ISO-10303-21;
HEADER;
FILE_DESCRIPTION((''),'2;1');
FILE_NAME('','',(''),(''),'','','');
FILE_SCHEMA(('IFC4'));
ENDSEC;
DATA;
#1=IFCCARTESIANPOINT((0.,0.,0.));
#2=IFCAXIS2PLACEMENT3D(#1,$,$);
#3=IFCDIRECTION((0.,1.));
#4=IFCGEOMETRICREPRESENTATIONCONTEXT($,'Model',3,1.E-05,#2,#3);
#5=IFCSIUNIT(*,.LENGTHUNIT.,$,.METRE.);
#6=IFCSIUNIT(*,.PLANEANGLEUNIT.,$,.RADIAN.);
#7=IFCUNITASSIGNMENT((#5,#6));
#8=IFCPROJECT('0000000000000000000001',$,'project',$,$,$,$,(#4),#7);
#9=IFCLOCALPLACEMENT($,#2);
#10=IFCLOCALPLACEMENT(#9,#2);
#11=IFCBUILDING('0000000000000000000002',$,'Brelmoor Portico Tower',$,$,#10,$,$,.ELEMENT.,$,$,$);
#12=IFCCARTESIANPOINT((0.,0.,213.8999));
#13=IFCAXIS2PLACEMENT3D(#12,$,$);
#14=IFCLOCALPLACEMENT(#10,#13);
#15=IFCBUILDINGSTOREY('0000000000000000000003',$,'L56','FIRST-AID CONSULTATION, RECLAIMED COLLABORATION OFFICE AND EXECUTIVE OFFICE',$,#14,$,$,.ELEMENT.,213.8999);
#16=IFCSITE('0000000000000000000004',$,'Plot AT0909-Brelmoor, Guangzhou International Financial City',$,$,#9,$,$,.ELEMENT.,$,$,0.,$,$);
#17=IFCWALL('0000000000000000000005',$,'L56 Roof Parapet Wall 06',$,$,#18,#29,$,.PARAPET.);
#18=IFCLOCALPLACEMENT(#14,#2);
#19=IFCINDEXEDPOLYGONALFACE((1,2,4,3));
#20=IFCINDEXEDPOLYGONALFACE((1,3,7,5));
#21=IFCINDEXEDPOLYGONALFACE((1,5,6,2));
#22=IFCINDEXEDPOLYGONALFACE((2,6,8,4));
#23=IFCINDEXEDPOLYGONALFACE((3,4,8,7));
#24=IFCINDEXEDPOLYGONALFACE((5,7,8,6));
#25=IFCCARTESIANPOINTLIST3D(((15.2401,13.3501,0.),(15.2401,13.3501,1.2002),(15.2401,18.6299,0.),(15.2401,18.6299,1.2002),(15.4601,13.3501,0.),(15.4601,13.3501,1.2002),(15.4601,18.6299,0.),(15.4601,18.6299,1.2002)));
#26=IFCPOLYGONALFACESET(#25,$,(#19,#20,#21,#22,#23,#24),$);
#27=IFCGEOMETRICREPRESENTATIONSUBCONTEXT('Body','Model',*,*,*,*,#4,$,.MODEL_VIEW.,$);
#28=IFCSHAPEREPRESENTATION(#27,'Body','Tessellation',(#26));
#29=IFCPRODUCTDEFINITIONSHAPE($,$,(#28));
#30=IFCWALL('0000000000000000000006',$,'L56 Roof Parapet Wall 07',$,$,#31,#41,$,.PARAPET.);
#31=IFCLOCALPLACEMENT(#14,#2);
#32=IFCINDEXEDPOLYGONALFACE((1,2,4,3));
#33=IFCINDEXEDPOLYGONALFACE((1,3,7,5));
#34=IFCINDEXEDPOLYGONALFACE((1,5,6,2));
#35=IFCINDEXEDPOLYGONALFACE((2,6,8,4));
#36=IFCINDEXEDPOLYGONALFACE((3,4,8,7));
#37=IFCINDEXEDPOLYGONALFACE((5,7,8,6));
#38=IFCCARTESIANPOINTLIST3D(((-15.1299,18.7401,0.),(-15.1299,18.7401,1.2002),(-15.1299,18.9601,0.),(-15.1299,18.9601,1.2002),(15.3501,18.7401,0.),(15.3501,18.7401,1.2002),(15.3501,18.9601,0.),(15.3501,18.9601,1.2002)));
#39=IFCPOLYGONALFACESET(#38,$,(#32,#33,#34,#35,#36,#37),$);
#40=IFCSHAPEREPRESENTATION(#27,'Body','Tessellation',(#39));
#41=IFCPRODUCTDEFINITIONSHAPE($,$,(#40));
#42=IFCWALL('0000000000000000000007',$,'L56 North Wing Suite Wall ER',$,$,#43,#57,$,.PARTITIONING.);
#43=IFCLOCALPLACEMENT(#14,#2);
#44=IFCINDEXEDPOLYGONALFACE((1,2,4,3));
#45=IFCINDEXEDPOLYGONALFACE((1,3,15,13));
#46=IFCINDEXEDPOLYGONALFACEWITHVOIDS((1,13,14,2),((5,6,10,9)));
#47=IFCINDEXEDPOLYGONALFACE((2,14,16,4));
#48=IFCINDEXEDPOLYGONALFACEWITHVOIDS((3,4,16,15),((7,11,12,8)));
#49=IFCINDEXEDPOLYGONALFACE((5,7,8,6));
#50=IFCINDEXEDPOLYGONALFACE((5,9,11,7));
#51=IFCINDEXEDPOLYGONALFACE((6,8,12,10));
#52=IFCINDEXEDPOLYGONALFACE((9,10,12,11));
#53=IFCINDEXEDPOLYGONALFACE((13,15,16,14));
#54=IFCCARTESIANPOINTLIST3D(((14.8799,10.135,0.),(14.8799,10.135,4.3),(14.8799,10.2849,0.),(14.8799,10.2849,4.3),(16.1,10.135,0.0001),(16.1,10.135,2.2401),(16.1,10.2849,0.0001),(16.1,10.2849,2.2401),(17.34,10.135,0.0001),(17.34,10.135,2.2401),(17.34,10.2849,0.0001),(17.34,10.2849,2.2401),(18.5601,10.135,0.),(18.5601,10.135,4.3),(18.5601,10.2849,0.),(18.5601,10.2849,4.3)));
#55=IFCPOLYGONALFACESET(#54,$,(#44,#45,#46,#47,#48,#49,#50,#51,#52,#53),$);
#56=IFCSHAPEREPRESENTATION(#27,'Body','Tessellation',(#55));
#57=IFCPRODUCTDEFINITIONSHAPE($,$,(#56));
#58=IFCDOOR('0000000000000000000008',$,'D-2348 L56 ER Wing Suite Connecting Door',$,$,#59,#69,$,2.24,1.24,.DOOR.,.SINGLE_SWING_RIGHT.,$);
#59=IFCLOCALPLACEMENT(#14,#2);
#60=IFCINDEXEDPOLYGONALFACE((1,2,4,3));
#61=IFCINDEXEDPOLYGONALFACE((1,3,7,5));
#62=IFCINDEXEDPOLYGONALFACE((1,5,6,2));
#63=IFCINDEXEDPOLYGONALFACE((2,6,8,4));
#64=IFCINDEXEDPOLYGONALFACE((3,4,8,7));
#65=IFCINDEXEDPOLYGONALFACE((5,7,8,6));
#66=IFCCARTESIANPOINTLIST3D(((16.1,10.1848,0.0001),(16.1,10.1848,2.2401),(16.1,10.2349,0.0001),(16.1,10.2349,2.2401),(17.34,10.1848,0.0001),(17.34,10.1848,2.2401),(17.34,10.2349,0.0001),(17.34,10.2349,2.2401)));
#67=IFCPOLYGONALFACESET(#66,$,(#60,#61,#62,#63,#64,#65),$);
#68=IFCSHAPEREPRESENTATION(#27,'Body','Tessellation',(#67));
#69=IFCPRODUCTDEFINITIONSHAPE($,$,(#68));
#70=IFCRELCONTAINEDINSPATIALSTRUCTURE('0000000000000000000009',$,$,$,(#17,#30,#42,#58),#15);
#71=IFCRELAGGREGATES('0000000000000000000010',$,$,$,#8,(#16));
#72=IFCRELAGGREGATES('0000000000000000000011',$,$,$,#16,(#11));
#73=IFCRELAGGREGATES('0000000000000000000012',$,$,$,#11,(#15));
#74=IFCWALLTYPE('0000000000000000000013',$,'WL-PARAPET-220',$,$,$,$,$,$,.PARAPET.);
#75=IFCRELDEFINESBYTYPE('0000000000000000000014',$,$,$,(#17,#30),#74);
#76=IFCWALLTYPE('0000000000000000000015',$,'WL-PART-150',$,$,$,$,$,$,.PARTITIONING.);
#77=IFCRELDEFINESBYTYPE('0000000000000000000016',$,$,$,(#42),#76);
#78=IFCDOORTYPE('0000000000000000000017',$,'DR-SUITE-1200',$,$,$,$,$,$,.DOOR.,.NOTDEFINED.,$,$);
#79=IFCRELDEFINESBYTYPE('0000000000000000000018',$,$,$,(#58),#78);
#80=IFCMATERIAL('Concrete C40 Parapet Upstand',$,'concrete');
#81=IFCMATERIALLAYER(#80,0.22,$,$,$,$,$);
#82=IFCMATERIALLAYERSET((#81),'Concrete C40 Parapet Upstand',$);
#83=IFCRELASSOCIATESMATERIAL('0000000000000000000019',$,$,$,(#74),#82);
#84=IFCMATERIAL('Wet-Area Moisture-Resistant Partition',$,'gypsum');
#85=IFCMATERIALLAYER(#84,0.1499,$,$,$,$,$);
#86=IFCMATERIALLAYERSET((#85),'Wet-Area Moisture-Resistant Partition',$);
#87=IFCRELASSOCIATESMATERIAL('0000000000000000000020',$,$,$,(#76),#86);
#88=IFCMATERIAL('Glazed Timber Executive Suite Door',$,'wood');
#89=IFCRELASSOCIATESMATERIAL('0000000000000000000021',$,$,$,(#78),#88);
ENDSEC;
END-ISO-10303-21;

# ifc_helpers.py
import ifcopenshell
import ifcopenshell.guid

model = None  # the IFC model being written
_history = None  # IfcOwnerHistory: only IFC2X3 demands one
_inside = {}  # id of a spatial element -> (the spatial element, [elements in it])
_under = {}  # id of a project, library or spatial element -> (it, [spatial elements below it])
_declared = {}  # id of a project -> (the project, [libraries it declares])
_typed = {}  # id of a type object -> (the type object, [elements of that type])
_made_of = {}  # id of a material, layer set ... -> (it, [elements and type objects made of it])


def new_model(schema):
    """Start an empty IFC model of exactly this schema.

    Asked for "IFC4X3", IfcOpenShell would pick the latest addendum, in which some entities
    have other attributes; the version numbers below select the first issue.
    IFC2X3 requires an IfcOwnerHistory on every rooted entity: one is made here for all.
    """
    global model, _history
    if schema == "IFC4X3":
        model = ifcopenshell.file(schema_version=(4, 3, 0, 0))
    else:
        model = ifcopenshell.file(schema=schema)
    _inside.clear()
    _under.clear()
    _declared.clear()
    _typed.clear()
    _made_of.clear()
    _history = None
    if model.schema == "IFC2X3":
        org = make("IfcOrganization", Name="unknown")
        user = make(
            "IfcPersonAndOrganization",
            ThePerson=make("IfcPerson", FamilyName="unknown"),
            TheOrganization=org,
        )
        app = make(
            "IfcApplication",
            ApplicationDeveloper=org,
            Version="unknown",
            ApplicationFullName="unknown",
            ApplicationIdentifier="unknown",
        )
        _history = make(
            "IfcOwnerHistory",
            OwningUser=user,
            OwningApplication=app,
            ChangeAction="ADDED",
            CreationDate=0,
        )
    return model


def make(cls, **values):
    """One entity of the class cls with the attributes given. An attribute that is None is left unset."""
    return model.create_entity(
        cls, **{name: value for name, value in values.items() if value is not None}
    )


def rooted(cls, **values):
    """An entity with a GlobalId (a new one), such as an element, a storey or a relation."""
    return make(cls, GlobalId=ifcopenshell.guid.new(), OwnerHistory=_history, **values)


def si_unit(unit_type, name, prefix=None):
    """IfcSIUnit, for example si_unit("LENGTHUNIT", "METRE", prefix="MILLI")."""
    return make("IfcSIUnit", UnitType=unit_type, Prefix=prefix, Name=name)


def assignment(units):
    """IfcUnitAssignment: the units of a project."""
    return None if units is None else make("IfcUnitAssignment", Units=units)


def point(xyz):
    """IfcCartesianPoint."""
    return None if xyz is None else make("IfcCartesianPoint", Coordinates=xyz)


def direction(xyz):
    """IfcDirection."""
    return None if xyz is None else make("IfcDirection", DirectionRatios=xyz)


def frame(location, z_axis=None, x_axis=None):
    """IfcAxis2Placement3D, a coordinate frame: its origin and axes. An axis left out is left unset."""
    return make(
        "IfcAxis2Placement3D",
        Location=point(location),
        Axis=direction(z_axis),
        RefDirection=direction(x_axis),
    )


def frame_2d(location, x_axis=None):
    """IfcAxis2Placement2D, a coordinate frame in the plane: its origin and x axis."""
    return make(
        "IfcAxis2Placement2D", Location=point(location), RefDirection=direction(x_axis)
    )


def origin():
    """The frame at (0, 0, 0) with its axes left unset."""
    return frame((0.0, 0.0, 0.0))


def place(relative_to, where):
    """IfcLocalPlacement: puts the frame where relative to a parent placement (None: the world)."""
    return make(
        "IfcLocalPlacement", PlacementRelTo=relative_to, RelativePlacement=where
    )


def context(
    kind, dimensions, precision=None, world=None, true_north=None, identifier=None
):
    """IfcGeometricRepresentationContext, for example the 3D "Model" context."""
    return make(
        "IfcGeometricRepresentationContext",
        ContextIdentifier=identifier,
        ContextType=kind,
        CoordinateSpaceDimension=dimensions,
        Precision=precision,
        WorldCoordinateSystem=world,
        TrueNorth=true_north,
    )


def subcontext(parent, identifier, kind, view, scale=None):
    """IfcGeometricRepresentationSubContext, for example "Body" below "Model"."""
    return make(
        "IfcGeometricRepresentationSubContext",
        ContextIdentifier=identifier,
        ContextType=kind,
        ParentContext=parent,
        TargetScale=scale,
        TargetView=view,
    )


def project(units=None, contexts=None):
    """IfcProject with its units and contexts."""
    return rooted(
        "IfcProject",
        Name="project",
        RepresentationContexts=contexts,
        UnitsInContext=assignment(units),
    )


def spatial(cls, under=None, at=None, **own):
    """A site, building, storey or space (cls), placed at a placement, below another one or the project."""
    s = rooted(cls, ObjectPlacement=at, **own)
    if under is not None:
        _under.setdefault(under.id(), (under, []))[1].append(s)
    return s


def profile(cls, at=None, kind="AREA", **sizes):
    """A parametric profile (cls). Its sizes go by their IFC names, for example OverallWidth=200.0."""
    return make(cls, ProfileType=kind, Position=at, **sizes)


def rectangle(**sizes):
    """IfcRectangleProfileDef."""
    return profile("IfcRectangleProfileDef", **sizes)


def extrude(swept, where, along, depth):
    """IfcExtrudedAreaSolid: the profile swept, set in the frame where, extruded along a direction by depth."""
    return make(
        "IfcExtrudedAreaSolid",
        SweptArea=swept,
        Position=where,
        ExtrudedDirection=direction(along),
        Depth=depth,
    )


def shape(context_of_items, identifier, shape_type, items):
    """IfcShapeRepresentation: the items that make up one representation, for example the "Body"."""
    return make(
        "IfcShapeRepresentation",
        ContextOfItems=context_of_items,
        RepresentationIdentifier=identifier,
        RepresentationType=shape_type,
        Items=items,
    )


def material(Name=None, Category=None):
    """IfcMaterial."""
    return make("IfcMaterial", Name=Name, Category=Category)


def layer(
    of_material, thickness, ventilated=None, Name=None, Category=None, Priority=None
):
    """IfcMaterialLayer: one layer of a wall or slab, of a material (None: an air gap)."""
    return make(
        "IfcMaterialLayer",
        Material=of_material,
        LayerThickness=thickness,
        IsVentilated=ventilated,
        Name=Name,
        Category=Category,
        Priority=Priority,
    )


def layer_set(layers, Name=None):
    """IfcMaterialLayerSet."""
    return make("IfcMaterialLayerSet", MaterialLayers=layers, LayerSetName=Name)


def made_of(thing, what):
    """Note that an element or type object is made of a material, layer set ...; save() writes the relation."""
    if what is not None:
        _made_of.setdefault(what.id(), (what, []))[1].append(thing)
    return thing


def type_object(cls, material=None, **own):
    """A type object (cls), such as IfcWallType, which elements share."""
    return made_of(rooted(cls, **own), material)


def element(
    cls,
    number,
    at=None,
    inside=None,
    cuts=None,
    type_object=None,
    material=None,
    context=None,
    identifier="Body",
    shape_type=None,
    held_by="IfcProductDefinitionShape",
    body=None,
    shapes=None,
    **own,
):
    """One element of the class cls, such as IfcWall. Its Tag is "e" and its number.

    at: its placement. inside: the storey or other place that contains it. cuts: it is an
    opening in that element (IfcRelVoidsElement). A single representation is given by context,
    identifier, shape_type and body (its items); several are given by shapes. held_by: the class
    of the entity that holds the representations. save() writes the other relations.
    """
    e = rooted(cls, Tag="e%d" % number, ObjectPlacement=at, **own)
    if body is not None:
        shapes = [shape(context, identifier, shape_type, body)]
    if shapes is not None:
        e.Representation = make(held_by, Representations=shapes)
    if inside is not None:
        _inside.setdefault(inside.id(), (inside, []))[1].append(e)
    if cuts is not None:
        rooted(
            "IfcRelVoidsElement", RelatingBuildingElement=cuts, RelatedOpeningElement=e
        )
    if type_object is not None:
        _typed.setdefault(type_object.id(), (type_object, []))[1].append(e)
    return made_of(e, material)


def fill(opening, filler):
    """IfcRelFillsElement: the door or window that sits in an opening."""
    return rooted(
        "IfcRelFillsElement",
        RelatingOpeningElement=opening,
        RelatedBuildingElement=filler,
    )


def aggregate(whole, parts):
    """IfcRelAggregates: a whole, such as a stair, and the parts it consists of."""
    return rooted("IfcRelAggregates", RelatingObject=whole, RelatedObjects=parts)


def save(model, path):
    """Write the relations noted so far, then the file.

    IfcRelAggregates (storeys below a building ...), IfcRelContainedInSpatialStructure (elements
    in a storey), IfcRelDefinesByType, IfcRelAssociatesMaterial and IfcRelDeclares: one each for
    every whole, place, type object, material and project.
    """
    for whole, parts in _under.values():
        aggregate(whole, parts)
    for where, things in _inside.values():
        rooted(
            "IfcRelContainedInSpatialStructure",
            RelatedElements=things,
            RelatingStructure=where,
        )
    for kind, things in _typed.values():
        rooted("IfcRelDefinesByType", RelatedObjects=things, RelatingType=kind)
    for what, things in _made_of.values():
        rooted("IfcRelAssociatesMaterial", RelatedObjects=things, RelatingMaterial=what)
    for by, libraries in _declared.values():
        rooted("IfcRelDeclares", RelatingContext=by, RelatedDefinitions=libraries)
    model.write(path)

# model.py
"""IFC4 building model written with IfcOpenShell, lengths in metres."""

from ifc_helpers import new_model, si_unit, direction, frame, frame_2d, origin, place, context, subcontext, project, spatial, rectangle, extrude, material, layer, layer_set, type_object, element, fill, save


model = new_model("IFC4")

# Units and contexts
model_context = context("Model", 3, precision=1e-05, world=origin(), true_north=direction((0.0, 1.0)))
body_context = subcontext(model_context, "Body", "Model", "MODEL_VIEW")
ifc_project = project(units=[si_unit("LENGTHUNIT", "METRE"), si_unit("PLANEANGLEUNIT", "RADIAN")], contexts=[model_context])

# Site, building, storey
site_placement = place(None, origin())
site = spatial("IfcSite", under=ifc_project, at=site_placement, Name="Plot AT0909-Brelmoor, Guangzhou International Financial City", CompositionType="ELEMENT", RefElevation=0.0)
building_placement = place(site_placement, origin())
building = spatial("IfcBuilding", under=site, at=building_placement, Name="Brelmoor Portico Tower", CompositionType="ELEMENT")
storey_placement = place(building_placement, frame((0.0, 0.0, 213.8999)))
storey = spatial("IfcBuildingStorey", under=building, at=storey_placement, Name="L56", Description="FIRST-AID CONSULTATION, RECLAIMED COLLABORATION OFFICE AND EXECUTIVE OFFICE", CompositionType="ELEMENT", Elevation=213.8999)

# Walls
ifc_material_1 = material(Name="Concrete C40 Parapet Upstand", Category="concrete")
ifc_layer_1 = layer(ifc_material_1, 0.22)
ifc_layer_set_1 = layer_set([ifc_layer_1], Name="Concrete C40 Parapet Upstand")
wall_type_1 = type_object("IfcWallType", Name="WL-PARAPET-220", PredefinedType="PARAPET", material=ifc_layer_set_1)
wall_1_placement = place(storey_placement, frame((15.3501, 13.3501, 0.0), z_axis=(0.0, 0.0, 1.0), x_axis=(0.0, 1.0, 0.0)))
element("IfcWall", 1, at=wall_1_placement, inside=storey, type_object=wall_type_1, Name="L56 Roof Parapet Wall 06", PredefinedType="PARAPET", context=body_context, shape_type="SweptSolid", body=[
    extrude(rectangle(XDim=5.2798, YDim=0.22, at=frame_2d((2.6399, 0.0))), origin(), (0.0, 0.0, 1.0), 1.2002),
])
wall_2_placement = place(storey_placement, frame((15.3501, 18.8501, 0.0), z_axis=(0.0, 0.0, 1.0), x_axis=(-1.0, 0.0, 0.0)))
element("IfcWall", 2, at=wall_2_placement, inside=storey, type_object=wall_type_1, Name="L56 Roof Parapet Wall 07", PredefinedType="PARAPET", context=body_context, shape_type="SweptSolid", body=[
    extrude(rectangle(XDim=30.48, YDim=0.22, at=frame_2d((15.24, 0.0))), origin(), (0.0, 0.0, 1.0), 1.2002),
])

# Wall, opening, door
ifc_material_2 = material(Name="Wet-Area Moisture-Resistant Partition", Category="gypsum")
ifc_layer_2 = layer(ifc_material_2, 0.1499)
ifc_layer_set_2 = layer_set([ifc_layer_2], Name="Wet-Area Moisture-Resistant Partition")
wall_type_2 = type_object("IfcWallType", Name="WL-PART-150", PredefinedType="PARTITIONING", material=ifc_layer_set_2)
wall_3_placement = place(storey_placement, frame((14.8799, 10.21, 0.0), z_axis=(0.0, 0.0, 1.0), x_axis=(1.0, 0.0, 0.0)))
wall_3 = element("IfcWall", 3, at=wall_3_placement, inside=storey, type_object=wall_type_2, Name="L56 North Wing Suite Wall ER", PredefinedType="PARTITIONING", context=body_context, shape_type="SweptSolid", body=[
    extrude(rectangle(XDim=3.6802, YDim=0.1499, at=frame_2d((1.8401, 0.0))), origin(), (0.0, 0.0, 1.0), 4.3),
])
opening_1_placement = place(wall_3_placement, frame((1.22, 0.0, 0.0)))
opening_1 = element("IfcOpeningElement", 4, at=opening_1_placement, cuts=wall_3, PredefinedType="OPENING", context=body_context, shape_type="SweptSolid", body=[
    extrude(rectangle(XDim=1.24, YDim=2.24, at=frame_2d((0.6201, 1.1201))), frame((0.0, 0.085, 0.0), z_axis=(0.0, -1.0, 0.0), x_axis=(1.0, 0.0, 0.0)), (0.0, 0.0, 1.0), 0.1699),
])
ifc_material_3 = material(Name="Glazed Timber Executive Suite Door", Category="wood")
door_type = type_object("IfcDoorType", Name="DR-SUITE-1200", OperationType="NOTDEFINED", PredefinedType="DOOR", material=ifc_material_3)
door_placement = place(opening_1_placement, origin())
door = element("IfcDoor", 5, at=door_placement, inside=storey, type_object=door_type, Name="D-2348 L56 ER Wing Suite Connecting Door", OperationType="SINGLE_SWING_RIGHT", OverallHeight=2.24, OverallWidth=1.24, PredefinedType="DOOR", context=body_context, shape_type="SweptSolid", body=[
    extrude(rectangle(XDim=1.24, YDim=2.24, at=frame_2d((0.6201, 1.1201))), frame((0.0, 0.0249, 0.0), z_axis=(0.0, -1.0, 0.0), x_axis=(1.0, 0.0, 0.0)), (0.0, 0.0, 1.0), 0.05),
])
fill(opening_1, door)

save(model, "model.ifc")
